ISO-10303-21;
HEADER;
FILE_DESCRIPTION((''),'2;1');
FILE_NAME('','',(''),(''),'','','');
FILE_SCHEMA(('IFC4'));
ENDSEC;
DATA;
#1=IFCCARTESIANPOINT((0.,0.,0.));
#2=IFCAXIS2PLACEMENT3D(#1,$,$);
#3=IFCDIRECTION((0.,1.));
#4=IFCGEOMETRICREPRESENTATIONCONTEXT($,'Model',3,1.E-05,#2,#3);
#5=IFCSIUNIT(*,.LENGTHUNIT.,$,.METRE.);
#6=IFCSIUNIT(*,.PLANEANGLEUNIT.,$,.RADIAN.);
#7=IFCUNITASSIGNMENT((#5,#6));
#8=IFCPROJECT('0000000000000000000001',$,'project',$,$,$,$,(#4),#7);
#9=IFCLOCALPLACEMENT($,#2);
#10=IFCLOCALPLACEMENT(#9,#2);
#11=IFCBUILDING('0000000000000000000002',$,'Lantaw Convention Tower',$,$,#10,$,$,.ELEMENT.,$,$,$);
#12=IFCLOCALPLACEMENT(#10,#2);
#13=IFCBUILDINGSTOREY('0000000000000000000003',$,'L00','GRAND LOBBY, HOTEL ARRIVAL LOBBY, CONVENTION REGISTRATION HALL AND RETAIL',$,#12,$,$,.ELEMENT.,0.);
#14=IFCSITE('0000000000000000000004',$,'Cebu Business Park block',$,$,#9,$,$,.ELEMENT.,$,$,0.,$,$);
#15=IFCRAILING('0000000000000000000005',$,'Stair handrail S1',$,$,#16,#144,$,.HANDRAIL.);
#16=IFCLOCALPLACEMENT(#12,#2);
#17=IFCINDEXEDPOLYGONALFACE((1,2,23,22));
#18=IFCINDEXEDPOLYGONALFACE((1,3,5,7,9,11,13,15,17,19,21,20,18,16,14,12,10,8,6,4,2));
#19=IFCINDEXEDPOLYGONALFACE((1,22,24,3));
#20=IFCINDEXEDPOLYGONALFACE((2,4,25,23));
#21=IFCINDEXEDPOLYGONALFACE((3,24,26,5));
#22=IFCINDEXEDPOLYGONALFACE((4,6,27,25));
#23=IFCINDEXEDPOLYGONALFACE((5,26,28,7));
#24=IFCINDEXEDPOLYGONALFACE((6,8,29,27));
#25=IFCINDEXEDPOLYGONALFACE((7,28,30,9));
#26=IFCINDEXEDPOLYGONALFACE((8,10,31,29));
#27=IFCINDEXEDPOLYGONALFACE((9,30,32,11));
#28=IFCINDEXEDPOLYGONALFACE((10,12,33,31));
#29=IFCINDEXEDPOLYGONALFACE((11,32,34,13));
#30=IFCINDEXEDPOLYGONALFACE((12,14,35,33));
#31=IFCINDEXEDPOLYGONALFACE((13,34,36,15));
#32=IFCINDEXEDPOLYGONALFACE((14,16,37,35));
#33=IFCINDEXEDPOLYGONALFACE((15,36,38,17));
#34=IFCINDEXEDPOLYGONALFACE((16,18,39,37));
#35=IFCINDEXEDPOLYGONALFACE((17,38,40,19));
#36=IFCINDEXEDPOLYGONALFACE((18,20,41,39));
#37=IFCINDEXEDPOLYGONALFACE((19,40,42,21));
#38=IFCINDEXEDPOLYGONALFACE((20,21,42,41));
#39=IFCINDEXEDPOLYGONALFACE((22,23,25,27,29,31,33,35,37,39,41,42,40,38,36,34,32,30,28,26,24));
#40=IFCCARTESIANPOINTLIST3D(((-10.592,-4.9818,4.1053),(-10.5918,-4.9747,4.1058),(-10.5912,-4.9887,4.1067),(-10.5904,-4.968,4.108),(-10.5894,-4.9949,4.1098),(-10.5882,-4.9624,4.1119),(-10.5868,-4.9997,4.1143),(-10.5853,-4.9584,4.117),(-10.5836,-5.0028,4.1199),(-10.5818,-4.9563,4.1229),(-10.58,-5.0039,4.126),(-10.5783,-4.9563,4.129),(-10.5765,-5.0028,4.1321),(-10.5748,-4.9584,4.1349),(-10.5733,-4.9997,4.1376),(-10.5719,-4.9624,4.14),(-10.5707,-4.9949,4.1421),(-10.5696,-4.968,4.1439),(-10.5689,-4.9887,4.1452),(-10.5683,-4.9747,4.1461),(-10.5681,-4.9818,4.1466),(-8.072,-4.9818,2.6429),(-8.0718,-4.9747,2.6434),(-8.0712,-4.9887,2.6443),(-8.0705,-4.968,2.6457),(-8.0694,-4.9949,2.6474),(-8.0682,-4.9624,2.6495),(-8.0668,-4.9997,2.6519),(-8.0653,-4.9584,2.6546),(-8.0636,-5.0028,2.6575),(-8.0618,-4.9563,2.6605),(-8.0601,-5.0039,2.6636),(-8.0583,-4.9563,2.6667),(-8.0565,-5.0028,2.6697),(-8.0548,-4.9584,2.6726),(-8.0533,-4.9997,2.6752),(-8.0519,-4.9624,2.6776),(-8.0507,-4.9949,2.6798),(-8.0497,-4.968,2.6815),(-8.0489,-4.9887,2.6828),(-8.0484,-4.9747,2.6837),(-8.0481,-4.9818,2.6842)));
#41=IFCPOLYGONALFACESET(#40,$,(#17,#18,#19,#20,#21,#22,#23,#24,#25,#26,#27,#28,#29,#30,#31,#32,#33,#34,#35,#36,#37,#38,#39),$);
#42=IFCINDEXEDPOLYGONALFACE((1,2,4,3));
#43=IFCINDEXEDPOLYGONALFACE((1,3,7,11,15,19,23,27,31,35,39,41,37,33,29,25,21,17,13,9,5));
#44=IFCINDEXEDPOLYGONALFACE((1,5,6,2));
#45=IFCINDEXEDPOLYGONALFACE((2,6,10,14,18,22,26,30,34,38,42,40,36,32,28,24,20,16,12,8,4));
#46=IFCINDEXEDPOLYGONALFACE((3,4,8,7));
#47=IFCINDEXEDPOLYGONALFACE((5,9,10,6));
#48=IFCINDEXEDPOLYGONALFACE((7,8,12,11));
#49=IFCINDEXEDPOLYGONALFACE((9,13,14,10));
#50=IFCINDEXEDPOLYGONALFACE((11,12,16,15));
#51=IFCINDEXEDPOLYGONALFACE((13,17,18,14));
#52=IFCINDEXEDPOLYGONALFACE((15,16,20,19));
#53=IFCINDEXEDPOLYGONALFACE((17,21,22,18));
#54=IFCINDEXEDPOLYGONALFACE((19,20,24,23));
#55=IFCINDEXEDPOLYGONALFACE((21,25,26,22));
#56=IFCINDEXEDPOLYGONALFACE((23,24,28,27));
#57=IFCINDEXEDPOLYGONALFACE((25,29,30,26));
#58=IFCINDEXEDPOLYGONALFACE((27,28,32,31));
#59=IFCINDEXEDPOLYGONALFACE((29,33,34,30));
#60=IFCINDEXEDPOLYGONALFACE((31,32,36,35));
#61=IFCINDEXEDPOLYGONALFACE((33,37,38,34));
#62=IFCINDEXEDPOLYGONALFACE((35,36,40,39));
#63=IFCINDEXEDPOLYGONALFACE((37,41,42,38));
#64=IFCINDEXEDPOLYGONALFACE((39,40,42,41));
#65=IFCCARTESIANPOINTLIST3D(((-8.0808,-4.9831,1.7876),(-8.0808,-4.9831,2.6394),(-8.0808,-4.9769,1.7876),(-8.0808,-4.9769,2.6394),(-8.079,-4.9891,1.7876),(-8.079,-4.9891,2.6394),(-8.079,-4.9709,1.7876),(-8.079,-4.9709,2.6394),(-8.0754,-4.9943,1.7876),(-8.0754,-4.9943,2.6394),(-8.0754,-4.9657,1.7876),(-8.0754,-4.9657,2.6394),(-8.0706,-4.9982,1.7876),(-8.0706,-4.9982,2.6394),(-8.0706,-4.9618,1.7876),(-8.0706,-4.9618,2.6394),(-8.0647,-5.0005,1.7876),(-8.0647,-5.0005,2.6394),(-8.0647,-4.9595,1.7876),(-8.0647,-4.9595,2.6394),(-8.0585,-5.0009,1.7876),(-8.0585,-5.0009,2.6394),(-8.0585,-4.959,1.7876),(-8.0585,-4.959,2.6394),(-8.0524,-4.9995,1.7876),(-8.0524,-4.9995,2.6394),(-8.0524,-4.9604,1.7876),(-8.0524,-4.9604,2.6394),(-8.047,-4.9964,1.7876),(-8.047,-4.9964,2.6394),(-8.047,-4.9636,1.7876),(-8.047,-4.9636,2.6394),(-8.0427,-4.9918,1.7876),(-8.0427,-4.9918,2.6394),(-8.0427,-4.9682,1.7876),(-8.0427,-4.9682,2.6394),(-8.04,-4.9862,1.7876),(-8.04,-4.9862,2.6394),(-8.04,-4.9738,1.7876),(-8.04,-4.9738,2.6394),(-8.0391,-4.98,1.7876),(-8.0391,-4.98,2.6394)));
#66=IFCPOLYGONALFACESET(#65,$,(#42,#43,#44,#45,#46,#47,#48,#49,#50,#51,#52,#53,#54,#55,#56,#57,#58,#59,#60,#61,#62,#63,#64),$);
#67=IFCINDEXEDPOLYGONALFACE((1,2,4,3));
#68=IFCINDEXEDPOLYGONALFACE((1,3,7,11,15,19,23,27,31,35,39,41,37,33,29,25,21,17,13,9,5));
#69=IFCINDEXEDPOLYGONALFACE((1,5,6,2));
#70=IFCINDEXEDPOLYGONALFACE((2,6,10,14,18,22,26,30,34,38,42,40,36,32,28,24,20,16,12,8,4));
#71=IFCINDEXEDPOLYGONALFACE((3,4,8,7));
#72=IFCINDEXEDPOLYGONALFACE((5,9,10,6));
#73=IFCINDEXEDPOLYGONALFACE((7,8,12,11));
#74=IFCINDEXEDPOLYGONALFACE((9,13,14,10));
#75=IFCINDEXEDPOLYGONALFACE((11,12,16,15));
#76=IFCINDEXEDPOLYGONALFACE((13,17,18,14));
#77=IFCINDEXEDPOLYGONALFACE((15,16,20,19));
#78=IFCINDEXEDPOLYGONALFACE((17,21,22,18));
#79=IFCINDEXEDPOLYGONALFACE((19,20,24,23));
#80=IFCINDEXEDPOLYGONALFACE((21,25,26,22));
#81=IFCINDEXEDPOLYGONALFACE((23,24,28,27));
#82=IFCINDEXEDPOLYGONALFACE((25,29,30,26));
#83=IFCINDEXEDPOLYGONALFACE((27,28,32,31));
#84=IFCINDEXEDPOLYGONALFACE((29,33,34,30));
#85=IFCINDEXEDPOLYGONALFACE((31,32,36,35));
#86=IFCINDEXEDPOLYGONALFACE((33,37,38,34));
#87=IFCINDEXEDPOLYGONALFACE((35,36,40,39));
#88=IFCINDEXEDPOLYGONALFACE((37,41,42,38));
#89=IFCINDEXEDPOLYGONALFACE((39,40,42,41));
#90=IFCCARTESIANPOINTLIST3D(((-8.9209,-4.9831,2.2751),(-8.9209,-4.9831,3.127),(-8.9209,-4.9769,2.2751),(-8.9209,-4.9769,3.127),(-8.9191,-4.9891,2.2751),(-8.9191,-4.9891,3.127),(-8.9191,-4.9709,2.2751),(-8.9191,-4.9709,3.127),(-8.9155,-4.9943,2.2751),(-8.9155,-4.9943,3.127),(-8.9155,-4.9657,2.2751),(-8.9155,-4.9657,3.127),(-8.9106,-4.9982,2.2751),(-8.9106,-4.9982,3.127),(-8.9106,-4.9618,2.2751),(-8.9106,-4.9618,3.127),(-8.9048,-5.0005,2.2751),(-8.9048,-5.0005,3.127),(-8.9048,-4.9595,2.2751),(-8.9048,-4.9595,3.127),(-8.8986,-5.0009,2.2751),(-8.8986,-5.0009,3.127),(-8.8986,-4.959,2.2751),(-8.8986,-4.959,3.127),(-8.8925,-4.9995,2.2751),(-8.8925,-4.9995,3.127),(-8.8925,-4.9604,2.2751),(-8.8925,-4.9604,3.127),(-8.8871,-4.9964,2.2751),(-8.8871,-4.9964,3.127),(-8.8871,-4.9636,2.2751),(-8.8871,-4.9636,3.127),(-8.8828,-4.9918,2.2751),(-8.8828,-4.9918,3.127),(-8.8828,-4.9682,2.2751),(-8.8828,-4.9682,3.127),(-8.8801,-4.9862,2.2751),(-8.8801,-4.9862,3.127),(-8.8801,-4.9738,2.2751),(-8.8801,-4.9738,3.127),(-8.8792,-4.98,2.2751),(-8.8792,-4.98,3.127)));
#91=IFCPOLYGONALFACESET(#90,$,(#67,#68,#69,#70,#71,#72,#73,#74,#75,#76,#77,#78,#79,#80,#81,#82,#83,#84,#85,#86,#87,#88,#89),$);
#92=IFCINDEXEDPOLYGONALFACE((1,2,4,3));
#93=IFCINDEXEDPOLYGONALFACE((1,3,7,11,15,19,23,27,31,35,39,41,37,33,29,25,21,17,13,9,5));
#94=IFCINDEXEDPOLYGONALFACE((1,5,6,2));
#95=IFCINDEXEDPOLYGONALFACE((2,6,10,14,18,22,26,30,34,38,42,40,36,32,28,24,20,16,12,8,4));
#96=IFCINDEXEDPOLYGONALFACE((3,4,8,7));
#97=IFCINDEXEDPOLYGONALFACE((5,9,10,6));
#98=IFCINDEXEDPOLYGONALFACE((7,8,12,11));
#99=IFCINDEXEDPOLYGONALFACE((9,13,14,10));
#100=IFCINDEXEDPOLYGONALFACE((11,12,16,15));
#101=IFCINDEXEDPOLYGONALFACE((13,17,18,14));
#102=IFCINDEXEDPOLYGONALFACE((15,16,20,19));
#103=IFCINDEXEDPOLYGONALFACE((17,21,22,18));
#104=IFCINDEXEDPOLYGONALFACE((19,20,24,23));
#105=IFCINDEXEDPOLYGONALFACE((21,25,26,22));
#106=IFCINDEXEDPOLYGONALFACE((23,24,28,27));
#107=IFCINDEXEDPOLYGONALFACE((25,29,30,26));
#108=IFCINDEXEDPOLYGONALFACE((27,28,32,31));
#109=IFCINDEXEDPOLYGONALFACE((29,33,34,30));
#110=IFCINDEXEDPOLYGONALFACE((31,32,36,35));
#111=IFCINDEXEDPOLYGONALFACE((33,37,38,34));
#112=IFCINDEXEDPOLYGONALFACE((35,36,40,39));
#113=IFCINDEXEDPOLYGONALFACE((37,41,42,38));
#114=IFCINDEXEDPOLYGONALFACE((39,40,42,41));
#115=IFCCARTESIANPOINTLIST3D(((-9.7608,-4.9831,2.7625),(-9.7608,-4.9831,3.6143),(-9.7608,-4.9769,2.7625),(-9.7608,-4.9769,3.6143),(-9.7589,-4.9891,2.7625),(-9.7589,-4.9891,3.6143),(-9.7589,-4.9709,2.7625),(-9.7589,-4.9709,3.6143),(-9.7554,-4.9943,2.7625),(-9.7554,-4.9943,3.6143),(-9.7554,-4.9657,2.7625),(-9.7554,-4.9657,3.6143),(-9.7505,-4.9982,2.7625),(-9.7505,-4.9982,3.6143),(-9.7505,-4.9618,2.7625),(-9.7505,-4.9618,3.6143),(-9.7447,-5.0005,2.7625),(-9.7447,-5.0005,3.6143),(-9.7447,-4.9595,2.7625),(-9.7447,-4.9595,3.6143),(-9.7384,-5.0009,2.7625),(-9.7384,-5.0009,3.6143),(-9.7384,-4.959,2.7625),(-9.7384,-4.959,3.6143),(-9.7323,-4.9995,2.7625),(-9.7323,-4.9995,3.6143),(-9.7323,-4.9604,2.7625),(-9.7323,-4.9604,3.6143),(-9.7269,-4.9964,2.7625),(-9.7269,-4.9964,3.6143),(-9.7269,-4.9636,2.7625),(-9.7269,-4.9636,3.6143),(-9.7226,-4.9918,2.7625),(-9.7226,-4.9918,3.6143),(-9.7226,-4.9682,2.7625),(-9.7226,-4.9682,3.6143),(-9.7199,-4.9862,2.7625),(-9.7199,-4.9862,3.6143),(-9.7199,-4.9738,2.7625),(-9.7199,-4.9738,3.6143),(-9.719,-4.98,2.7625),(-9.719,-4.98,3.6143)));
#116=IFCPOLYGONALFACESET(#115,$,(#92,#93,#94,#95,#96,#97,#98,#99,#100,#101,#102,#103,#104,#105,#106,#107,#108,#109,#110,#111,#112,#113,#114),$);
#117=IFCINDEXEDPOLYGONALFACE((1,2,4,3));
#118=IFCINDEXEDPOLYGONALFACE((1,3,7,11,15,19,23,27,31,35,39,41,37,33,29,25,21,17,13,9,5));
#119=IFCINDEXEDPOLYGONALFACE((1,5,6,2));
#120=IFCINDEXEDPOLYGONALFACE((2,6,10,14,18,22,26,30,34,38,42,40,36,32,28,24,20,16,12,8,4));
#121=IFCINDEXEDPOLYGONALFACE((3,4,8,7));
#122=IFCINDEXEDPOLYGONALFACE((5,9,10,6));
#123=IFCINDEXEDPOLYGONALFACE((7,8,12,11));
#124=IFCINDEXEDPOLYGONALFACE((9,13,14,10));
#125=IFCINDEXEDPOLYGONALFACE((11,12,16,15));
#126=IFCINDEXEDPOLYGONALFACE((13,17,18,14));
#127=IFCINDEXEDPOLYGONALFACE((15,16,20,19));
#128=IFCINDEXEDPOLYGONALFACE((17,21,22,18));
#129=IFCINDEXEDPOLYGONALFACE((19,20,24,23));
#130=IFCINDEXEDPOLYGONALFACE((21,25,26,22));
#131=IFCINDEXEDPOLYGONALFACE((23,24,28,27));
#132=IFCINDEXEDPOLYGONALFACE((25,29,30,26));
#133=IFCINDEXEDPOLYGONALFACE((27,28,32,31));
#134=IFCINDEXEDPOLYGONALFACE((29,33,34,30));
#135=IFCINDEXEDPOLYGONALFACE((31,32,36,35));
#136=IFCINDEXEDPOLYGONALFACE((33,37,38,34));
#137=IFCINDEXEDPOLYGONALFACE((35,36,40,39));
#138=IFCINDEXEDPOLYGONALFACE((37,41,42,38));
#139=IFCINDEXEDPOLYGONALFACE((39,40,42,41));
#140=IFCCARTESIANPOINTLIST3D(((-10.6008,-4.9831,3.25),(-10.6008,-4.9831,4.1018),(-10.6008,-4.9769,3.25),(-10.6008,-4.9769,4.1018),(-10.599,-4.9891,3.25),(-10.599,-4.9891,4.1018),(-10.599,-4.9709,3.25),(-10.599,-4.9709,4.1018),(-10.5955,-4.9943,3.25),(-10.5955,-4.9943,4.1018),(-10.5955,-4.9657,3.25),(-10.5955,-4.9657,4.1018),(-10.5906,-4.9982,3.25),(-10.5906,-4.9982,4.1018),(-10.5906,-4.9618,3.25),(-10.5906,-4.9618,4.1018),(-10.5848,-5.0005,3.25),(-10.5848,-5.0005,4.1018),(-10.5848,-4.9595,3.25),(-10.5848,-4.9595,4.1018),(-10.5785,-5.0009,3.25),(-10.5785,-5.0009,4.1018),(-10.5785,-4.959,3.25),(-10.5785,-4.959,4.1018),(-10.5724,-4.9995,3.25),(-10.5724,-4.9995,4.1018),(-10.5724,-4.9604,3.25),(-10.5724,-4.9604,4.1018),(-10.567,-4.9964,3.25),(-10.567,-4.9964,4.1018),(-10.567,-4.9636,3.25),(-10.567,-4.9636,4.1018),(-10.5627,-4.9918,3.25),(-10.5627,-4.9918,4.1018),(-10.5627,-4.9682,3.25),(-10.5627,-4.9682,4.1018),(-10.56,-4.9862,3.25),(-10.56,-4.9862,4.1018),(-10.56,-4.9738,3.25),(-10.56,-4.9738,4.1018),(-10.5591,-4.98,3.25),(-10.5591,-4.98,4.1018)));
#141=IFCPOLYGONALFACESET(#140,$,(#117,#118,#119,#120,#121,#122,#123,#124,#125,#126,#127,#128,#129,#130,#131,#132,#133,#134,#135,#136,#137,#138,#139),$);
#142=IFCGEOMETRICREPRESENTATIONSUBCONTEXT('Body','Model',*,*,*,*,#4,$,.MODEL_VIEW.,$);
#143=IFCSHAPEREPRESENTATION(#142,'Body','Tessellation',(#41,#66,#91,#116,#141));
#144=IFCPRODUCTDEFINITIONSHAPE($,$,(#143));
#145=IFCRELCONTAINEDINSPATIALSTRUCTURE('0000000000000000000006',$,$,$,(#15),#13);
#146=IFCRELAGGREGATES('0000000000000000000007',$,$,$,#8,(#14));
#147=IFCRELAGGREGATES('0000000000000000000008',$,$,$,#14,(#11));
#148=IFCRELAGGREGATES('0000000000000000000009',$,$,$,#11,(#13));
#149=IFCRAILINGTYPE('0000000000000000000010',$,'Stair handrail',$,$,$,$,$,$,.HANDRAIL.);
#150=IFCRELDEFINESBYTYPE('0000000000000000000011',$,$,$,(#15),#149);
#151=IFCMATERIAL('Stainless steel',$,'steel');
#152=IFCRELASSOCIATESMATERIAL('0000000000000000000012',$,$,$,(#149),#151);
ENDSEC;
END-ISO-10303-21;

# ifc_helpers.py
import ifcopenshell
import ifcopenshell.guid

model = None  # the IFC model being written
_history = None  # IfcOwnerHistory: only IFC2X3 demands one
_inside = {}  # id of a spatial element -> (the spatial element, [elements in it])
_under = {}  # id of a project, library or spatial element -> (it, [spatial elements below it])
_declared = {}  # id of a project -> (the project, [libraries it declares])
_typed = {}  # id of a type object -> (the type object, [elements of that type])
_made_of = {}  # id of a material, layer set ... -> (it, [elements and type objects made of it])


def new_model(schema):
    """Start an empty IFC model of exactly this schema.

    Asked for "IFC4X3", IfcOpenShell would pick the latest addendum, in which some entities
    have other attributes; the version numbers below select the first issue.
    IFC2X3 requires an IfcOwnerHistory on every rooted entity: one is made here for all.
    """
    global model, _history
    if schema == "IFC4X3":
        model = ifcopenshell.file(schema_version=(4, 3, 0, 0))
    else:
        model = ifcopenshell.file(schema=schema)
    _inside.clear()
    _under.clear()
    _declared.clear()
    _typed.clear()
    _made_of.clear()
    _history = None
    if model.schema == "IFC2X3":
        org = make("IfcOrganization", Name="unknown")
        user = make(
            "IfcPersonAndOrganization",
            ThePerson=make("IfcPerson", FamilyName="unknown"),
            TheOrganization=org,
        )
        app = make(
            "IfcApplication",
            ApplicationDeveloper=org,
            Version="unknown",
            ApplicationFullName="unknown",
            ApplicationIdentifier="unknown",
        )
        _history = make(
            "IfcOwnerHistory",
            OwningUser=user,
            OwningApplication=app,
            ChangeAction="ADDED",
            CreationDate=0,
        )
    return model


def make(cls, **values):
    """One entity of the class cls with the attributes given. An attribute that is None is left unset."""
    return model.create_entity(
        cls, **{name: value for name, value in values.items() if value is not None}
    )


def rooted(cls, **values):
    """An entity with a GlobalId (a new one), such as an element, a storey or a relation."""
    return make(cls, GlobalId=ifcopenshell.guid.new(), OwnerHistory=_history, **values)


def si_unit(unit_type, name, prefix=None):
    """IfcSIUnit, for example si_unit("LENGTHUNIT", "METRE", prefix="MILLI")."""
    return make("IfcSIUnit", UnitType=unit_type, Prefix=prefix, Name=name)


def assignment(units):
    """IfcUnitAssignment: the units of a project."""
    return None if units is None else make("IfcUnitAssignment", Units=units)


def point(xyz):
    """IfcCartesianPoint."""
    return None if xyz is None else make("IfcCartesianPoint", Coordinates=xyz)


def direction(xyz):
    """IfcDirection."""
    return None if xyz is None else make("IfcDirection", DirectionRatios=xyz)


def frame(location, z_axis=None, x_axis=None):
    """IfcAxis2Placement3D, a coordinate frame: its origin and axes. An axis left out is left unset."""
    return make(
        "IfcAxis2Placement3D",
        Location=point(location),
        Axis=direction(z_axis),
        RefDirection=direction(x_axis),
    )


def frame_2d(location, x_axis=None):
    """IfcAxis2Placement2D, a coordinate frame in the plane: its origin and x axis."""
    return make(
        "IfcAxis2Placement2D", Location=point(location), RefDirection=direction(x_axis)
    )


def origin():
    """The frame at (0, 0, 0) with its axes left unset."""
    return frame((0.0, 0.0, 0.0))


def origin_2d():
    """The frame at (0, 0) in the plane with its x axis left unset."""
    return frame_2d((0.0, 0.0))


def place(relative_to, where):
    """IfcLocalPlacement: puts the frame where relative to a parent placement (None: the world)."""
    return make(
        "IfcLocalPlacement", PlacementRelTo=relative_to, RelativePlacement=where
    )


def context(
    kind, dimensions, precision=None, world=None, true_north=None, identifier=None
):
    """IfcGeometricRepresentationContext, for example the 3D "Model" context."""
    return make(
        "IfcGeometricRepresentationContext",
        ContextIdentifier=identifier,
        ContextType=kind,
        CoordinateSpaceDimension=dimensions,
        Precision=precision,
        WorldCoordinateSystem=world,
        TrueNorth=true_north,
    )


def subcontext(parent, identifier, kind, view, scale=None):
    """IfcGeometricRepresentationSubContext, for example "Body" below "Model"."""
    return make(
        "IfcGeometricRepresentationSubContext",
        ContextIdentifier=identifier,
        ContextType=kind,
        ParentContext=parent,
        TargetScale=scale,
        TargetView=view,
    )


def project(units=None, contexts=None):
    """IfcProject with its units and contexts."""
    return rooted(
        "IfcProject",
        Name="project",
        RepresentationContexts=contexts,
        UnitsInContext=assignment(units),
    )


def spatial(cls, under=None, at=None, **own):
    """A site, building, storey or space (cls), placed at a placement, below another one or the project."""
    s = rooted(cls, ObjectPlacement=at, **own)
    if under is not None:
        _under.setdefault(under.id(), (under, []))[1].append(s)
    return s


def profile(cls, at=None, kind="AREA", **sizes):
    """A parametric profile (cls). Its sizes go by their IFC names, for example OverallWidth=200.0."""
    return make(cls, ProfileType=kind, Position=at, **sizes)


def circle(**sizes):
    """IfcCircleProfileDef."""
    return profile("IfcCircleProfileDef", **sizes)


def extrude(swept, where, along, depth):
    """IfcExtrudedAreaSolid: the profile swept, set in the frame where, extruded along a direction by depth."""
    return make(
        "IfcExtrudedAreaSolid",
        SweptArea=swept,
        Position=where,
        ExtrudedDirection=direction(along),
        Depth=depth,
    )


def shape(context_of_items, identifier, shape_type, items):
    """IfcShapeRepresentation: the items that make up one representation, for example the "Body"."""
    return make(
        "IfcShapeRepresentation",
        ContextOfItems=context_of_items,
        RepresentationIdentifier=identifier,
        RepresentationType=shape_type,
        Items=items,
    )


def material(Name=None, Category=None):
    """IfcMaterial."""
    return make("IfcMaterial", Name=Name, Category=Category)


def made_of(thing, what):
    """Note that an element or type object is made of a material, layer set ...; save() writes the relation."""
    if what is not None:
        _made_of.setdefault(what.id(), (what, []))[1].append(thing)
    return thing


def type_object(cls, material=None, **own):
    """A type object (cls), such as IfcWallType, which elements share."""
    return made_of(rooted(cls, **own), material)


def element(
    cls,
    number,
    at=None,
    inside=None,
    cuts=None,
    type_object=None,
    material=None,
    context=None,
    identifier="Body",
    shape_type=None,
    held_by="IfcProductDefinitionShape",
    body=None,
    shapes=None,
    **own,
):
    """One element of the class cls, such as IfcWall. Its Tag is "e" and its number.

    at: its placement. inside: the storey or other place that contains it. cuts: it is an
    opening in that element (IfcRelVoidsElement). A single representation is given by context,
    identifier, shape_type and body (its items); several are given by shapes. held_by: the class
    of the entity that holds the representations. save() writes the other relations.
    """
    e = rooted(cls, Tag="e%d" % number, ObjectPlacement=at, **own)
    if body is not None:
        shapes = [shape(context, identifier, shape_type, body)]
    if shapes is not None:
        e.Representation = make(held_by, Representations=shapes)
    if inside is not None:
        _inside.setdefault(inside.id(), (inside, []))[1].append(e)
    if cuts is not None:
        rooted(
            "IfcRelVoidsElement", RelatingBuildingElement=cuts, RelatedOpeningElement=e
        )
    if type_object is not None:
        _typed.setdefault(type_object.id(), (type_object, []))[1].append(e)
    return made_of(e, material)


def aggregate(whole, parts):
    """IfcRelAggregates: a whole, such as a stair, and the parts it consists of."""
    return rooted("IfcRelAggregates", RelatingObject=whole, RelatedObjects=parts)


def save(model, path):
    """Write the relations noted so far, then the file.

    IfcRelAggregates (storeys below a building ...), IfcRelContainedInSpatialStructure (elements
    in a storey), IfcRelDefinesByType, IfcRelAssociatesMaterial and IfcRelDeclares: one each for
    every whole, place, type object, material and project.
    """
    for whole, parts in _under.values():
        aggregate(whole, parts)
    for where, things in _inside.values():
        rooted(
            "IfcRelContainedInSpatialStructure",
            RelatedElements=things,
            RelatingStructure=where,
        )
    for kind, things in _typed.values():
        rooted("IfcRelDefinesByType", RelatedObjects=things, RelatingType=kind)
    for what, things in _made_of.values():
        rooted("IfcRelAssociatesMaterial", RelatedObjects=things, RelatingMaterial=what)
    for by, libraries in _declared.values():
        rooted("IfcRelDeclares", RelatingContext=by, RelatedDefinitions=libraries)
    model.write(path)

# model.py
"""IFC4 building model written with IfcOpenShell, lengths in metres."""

from ifc_helpers import new_model, si_unit, direction, frame, origin, origin_2d, place, context, subcontext, project, spatial, circle, extrude, material, type_object, element, save


model = new_model("IFC4")

# Units and contexts
model_context = context("Model", 3, precision=1e-05, world=origin(), true_north=direction((0.0, 1.0)))
body_context = subcontext(model_context, "Body", "Model", "MODEL_VIEW")
ifc_project = project(units=[si_unit("LENGTHUNIT", "METRE"), si_unit("PLANEANGLEUNIT", "RADIAN")], contexts=[model_context])

# Site, building, storey
site_placement = place(None, origin())
site = spatial("IfcSite", under=ifc_project, at=site_placement, Name="Cebu Business Park block", CompositionType="ELEMENT", RefElevation=0.0)
building_placement = place(site_placement, origin())
building = spatial("IfcBuilding", under=site, at=building_placement, Name="Lantaw Convention Tower", CompositionType="ELEMENT")
storey_placement = place(building_placement, origin())
storey = spatial("IfcBuildingStorey", under=building, at=storey_placement, Name="L00", Description="GRAND LOBBY, HOTEL ARRIVAL LOBBY, CONVENTION REGISTRATION HALL AND RETAIL", CompositionType="ELEMENT", Elevation=0.0)

# Shared definitions
ifc_material_1 = material(Name="Stainless steel", Category="steel")

# Railing
railing_type = type_object("IfcRailingType", Name="Stair handrail", PredefinedType="HANDRAIL", material=ifc_material_1)
railing_1_placement = place(storey_placement, frame((-8.0601, -4.98, 1.7876)))
element("IfcRailing", 1, at=railing_1_placement, inside=storey, type_object=railing_type, Name="Stair handrail S1", PredefinedType="HANDRAIL", context=body_context, shape_type="SweptSolid", body=[
    extrude(circle(Radius=0.0239, at=origin_2d()), frame((0.0, 0.0, 0.876), z_axis=(-0.864913, 0.0, 0.501921), x_axis=(0.0, -1.0, 0.0)), (0.0, 0.0, 1.0), 2.9136),
    extrude(circle(Radius=0.021, at=origin_2d()), origin(), (0.0, 0.0, 1.0), 0.8518),
    extrude(circle(Radius=0.021, at=origin_2d()), frame((-0.8401, 0.0, 0.4875)), (0.0, 0.0, 1.0), 0.8518),
    extrude(circle(Radius=0.021, at=origin_2d()), frame((-1.6799, 0.0, 0.9749)), (0.0, 0.0, 1.0), 0.8518),
    extrude(circle(Radius=0.021, at=origin_2d()), frame((-2.52, 0.0, 1.4624)), (0.0, 0.0, 1.0), 0.8518),
])

save(model, "model.ifc")
